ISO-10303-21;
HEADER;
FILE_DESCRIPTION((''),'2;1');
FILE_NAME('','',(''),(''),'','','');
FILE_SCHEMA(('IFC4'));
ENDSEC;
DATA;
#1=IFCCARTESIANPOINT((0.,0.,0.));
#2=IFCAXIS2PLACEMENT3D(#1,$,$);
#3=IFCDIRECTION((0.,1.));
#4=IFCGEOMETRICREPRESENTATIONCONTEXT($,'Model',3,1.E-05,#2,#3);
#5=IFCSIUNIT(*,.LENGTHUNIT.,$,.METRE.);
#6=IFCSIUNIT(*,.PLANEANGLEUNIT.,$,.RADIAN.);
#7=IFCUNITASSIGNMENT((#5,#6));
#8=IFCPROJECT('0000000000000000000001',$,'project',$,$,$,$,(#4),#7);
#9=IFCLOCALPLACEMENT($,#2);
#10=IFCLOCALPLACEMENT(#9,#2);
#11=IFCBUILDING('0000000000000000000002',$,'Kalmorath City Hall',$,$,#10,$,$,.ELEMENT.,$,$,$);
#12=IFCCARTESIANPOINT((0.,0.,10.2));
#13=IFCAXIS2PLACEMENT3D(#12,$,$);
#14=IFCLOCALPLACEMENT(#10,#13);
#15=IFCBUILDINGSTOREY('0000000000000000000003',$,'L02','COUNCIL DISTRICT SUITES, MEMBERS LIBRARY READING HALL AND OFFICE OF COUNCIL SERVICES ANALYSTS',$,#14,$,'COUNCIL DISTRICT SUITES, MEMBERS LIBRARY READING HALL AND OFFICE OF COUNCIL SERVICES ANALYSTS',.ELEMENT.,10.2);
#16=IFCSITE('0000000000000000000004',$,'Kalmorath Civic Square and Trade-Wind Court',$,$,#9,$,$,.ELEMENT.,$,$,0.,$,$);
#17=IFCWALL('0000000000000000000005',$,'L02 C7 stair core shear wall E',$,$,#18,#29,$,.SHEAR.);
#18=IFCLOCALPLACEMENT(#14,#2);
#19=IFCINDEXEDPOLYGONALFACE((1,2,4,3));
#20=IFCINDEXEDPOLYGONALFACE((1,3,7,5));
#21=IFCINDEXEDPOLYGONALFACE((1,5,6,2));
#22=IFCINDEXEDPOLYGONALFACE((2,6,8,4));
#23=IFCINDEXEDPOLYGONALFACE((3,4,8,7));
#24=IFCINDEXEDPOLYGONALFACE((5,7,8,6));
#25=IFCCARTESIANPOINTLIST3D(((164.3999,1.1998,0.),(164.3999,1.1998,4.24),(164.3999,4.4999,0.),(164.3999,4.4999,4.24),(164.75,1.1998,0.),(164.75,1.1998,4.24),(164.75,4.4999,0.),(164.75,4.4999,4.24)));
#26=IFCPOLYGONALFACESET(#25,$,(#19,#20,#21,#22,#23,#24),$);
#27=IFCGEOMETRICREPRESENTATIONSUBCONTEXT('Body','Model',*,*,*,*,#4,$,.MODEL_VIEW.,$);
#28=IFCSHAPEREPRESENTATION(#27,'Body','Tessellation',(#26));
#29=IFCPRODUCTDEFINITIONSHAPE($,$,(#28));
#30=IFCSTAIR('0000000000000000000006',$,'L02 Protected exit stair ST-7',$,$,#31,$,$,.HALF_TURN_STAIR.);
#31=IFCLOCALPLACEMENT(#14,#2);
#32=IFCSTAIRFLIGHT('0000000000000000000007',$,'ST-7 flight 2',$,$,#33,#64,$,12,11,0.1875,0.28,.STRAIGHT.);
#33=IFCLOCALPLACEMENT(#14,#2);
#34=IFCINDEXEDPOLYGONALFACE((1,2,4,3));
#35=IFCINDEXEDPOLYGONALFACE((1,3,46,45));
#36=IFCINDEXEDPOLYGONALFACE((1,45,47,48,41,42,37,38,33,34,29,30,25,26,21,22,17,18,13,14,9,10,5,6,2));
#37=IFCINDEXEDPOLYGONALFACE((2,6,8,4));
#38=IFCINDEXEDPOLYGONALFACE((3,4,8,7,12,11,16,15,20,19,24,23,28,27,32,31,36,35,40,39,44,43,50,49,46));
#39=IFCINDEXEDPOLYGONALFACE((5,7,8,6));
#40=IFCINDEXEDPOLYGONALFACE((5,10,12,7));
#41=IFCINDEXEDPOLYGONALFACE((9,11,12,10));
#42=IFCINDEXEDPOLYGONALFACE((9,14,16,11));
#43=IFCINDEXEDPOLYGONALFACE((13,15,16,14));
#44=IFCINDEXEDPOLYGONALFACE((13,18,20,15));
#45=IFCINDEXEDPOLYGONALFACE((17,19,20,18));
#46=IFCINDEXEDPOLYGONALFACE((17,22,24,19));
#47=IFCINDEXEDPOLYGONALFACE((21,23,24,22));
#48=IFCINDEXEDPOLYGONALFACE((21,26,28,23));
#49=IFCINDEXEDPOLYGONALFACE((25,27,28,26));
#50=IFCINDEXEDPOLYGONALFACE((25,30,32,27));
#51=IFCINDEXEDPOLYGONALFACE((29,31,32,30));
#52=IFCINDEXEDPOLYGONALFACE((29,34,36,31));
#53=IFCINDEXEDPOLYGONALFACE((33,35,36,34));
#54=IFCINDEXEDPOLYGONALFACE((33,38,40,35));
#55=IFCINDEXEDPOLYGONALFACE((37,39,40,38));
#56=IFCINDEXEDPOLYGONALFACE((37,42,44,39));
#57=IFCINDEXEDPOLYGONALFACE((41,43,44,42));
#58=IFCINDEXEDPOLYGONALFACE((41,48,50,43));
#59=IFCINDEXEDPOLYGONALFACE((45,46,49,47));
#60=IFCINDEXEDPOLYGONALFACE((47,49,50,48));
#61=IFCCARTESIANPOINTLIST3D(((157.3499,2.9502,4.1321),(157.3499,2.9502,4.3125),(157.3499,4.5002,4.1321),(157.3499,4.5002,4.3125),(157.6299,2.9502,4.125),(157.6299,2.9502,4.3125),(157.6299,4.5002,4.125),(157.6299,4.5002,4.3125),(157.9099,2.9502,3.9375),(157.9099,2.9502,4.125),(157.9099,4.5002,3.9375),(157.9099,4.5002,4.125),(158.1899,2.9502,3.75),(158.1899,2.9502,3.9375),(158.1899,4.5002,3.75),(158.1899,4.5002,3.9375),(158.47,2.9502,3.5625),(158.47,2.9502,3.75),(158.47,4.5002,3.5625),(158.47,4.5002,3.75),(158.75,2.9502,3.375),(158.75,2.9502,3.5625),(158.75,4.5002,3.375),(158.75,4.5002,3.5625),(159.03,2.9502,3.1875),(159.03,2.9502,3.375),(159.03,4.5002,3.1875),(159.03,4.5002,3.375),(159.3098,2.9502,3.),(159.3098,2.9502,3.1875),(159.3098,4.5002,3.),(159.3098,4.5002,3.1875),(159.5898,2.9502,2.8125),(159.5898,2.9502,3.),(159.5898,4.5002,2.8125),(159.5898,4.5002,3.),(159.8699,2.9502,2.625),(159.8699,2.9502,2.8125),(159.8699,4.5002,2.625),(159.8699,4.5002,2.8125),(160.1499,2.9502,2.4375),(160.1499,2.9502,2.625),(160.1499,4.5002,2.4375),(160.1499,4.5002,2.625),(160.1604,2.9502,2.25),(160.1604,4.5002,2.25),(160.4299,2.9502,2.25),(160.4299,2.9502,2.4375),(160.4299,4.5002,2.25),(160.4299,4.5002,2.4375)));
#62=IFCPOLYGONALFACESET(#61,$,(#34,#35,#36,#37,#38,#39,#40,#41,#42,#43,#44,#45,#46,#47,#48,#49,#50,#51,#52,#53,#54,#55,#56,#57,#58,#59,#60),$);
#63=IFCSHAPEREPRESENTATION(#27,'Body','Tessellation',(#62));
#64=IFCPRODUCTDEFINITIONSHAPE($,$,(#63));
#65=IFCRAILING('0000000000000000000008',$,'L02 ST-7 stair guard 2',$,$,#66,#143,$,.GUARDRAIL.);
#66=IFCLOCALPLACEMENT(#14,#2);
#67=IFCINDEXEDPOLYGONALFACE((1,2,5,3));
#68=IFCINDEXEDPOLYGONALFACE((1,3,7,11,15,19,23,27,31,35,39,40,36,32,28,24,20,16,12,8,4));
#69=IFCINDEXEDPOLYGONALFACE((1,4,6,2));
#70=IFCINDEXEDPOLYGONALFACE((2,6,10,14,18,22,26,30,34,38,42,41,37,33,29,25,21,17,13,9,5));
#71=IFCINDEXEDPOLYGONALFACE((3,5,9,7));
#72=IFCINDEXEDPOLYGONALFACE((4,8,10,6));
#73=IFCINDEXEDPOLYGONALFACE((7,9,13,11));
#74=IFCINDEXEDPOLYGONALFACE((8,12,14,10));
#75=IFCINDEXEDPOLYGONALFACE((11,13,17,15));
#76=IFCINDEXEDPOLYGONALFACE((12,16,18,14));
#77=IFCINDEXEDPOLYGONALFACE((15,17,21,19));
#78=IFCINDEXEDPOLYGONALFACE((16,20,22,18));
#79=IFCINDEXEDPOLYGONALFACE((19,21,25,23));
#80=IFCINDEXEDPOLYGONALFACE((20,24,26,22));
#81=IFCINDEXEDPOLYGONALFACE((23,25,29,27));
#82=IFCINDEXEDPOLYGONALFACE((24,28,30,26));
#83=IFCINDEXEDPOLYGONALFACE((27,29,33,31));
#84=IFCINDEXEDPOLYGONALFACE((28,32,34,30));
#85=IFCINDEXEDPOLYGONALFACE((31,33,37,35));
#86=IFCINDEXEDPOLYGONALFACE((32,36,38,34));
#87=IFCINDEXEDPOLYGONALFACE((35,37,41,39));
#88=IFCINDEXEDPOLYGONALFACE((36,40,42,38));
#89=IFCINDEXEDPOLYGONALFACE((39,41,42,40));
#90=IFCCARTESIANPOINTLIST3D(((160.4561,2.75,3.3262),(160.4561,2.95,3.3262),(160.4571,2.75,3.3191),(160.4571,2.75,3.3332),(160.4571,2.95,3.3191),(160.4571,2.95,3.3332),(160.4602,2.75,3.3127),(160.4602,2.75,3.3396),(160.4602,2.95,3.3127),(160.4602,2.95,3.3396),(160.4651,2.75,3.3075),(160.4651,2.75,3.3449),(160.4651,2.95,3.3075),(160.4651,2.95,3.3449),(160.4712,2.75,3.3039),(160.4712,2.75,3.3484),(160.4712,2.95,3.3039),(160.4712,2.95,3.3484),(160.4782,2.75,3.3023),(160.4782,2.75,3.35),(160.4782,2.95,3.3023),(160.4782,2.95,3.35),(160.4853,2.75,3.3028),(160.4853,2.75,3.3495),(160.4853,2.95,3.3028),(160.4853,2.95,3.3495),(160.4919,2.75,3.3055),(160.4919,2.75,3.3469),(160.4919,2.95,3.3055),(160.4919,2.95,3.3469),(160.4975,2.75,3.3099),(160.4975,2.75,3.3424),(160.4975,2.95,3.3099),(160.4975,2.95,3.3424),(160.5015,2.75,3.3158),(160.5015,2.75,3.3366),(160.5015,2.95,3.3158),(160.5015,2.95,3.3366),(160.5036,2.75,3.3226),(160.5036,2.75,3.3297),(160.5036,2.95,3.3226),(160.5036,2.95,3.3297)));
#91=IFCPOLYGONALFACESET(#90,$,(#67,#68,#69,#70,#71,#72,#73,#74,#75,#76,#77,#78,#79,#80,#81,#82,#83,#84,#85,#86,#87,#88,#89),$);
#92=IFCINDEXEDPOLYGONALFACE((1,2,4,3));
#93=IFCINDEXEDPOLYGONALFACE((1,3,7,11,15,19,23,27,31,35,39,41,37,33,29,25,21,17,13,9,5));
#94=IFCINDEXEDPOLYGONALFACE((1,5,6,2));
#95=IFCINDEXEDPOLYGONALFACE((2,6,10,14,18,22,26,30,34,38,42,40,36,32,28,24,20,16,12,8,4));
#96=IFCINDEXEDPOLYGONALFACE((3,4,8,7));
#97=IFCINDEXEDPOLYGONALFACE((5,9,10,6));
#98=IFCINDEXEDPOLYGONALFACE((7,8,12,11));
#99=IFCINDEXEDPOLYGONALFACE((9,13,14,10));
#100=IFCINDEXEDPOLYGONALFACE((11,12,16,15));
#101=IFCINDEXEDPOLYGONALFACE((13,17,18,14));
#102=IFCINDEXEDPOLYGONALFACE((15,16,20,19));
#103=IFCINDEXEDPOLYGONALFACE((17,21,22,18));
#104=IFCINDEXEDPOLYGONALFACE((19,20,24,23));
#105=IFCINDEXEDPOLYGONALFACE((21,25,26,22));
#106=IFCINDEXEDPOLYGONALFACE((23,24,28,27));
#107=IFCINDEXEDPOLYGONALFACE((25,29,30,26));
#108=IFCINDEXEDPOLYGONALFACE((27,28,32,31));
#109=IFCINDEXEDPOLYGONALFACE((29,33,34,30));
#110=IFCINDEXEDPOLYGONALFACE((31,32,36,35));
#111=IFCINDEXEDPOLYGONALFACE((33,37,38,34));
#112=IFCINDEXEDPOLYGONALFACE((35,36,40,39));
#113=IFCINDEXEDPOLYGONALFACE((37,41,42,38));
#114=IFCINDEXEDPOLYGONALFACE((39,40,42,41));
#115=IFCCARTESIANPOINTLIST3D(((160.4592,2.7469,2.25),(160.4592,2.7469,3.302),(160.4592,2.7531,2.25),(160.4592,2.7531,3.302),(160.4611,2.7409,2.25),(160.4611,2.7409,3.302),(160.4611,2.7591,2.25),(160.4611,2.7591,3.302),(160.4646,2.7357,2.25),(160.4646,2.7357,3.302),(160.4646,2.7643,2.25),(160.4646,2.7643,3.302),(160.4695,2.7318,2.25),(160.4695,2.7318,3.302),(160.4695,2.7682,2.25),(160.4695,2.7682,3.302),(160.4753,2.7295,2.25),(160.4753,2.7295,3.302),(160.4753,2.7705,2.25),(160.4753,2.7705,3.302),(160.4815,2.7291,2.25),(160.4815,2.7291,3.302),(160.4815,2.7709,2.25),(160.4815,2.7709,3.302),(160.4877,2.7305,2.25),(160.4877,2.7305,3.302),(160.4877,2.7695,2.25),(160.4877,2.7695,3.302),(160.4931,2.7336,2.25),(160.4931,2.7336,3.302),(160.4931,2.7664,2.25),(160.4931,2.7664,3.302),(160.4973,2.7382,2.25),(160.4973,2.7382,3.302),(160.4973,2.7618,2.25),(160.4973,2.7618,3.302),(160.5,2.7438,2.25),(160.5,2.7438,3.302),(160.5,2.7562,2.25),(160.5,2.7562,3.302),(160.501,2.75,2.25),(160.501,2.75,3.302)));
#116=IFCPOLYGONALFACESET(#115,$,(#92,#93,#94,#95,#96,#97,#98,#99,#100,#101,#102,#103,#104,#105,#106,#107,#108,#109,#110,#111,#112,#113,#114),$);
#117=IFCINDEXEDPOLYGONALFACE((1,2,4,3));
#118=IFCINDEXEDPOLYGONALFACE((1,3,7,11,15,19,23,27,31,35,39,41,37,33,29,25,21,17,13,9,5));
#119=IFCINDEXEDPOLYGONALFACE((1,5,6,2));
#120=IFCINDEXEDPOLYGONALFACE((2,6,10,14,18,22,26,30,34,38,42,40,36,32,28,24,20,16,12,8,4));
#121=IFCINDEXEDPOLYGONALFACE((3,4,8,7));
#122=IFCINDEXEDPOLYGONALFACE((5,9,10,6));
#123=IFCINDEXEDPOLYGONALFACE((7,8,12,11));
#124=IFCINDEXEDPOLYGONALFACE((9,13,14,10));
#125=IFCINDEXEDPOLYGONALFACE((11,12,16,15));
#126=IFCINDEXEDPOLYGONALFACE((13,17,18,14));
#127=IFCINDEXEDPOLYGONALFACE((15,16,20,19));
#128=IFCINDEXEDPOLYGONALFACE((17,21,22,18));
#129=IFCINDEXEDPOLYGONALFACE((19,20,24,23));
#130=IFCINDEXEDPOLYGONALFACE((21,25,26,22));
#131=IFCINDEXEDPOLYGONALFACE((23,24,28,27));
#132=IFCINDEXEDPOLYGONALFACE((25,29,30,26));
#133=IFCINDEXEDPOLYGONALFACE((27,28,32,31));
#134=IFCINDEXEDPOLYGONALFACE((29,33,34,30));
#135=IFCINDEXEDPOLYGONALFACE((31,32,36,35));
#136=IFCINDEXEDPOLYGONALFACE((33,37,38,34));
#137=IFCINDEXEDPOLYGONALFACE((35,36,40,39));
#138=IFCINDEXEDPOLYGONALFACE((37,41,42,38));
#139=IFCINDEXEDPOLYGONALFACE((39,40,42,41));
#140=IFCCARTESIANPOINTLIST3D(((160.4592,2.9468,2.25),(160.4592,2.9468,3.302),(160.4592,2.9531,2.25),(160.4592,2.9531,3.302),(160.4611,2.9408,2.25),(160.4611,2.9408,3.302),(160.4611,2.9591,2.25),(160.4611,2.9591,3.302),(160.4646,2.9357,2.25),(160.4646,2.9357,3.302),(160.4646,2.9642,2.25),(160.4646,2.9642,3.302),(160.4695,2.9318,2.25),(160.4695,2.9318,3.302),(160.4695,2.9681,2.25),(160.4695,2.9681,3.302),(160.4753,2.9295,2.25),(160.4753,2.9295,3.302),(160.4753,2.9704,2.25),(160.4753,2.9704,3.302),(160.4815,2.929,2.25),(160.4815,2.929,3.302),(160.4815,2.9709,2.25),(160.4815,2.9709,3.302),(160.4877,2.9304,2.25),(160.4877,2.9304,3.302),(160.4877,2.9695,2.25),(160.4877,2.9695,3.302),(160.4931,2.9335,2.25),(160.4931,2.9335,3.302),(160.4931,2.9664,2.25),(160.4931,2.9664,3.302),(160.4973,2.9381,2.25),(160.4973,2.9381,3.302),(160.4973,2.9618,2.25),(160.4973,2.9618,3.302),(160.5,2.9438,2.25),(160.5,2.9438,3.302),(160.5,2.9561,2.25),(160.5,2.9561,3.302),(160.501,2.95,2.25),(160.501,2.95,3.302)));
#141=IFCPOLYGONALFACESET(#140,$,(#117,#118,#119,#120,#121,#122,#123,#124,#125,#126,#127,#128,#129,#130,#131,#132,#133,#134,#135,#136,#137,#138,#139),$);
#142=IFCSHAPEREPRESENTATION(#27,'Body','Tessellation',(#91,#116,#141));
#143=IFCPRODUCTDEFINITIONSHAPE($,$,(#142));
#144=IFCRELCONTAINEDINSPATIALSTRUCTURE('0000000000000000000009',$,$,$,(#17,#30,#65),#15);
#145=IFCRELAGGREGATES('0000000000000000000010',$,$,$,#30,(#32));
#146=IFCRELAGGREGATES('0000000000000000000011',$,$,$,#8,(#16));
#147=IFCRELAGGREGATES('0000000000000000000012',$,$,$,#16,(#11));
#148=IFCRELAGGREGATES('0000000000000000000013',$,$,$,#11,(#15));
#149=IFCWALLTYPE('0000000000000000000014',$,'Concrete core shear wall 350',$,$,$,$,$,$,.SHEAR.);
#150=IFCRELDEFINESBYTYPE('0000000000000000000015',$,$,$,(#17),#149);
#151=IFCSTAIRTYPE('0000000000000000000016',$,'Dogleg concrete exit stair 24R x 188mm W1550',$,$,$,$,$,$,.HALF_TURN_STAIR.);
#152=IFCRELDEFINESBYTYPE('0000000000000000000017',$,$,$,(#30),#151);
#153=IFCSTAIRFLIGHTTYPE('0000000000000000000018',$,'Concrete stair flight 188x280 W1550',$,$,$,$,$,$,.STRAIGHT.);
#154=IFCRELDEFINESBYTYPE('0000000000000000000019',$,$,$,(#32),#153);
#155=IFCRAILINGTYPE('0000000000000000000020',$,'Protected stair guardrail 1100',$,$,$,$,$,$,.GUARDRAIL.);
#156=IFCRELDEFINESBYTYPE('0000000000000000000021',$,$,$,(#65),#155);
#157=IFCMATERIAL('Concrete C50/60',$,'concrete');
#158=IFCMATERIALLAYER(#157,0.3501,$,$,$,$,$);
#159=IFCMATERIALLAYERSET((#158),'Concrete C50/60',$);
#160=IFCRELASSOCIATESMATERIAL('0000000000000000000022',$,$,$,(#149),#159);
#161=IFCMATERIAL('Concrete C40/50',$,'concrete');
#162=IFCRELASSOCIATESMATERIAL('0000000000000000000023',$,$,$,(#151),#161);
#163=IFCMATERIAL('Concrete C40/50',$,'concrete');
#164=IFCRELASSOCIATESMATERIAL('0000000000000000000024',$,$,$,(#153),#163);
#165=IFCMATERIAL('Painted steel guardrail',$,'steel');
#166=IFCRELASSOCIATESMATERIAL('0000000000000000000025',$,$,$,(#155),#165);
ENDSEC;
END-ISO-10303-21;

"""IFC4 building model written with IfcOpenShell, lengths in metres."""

from ifc_helpers import new_model, si_unit, direction, frame, frame_2d, origin, origin_2d, place, context, subcontext, project, spatial, polyline, rectangle, circle, outline, extrude, material, layer, layer_set, type_object, element, aggregate, save


model = new_model("IFC4")

# Units and contexts
model_context = context("Model", 3, precision=1e-05, world=origin(), true_north=direction((0.0, 1.0)))
body_context = subcontext(model_context, "Body", "Model", "MODEL_VIEW")
ifc_project = project(units=[si_unit("LENGTHUNIT", "METRE"), si_unit("PLANEANGLEUNIT", "RADIAN")], contexts=[model_context])

# Site, building, storey
site_placement = place(None, origin())
site = spatial("IfcSite", under=ifc_project, at=site_placement, Name="Kalmorath Civic Square and Trade-Wind Court", CompositionType="ELEMENT", RefElevation=0.0)
building_placement = place(site_placement, origin())
building = spatial("IfcBuilding", under=site, at=building_placement, Name="Kalmorath City Hall", CompositionType="ELEMENT")
storey_placement = place(building_placement, frame((0.0, 0.0, 10.2)))
storey = spatial("IfcBuildingStorey", under=building, at=storey_placement, Name="L02", Description="COUNCIL DISTRICT SUITES, MEMBERS LIBRARY READING HALL AND OFFICE OF COUNCIL SERVICES ANALYSTS", LongName="COUNCIL DISTRICT SUITES, MEMBERS LIBRARY READING HALL AND OFFICE OF COUNCIL SERVICES ANALYSTS", CompositionType="ELEMENT", Elevation=10.2)

# Shared definitions
ifc_material_1 = material(Name="Concrete C50/60", Category="concrete")
ifc_layer_1 = layer(ifc_material_1, 0.3501)
ifc_layer_set_1 = layer_set([ifc_layer_1], Name="Concrete C50/60")
wall_type_1 = type_object("IfcWallType", Name="Concrete core shear wall 350", PredefinedType="SHEAR", material=ifc_layer_set_1)

# Wall
wall_1_placement = place(storey_placement, frame((164.575, 1.2, 0.0), z_axis=(0.0, 0.0, 1.0), x_axis=(0.0, 1.0, 0.0)))
element("IfcWall", 1, at=wall_1_placement, inside=storey, type_object=wall_type_1, Name="L02 C7 stair core shear wall E", PredefinedType="SHEAR", context=body_context, shape_type="SweptSolid", body=[
    extrude(rectangle(XDim=3.3, YDim=0.3501, at=frame_2d((1.6499, 0.0))), origin(), (0.0, 0.0, 1.0), 4.24),
])

# Stair, stair flight
ifc_material_2 = material(Name="Concrete C40/50", Category="concrete")
stair_type = type_object("IfcStairType", Name="Dogleg concrete exit stair 24R x 188mm W1550", PredefinedType="HALF_TURN_STAIR", material=ifc_material_2)
stair_placement = place(storey_placement, origin())
stair = element("IfcStair", 2, at=stair_placement, inside=storey, type_object=stair_type, Name="L02 Protected exit stair ST-7", PredefinedType="HALF_TURN_STAIR")
ifc_material_3 = material(Name="Concrete C40/50", Category="concrete")
stair_flight_type = type_object("IfcStairFlightType", Name="Concrete stair flight 188x280 W1550", PredefinedType="STRAIGHT", material=ifc_material_3)
stair_flight_placement = place(storey_placement, frame((160.4299, 3.7251, 2.25), z_axis=(0.0, 0.0, 1.0), x_axis=(-1.0, 0.0, 0.0)))
stair_flight = element("IfcStairFlight", 3, at=stair_flight_placement, type_object=stair_flight_type, Name="ST-7 flight 2", NumberOfRisers=12, NumberOfTreads=11, PredefinedType="STRAIGHT", RiserHeight=0.1875, TreadLength=0.28, context=body_context, shape_type="SweptSolid", body=[
    extrude(outline(polyline([(0.0, 0.0), (0.0, 0.1875), (0.28, 0.1875), (0.28, 0.375), (0.5601, 0.375), (0.5601, 0.5625), (0.8401, 0.5625), (0.8401, 0.75), (1.1201, 0.75), (1.1201, 0.9375), (1.3999, 0.9375), (1.3999, 1.125), (1.6799, 1.125), (1.6799, 1.3125), (1.96, 1.3125), (1.96, 1.5), (2.24, 1.5), (2.24, 1.6875), (2.52, 1.6875), (2.52, 1.875), (2.8, 1.875), (2.8, 2.0625), (3.0801, 2.0625), (3.0801, 2.25), (3.0801, 1.8821), (0.2695, 0.0), (0.0, 0.0)])), frame((0.0, 0.7749, 0.0), z_axis=(0.0, -1.0, 0.0), x_axis=(1.0, 0.0, 0.0)), (0.0, 0.0, 1.0), 1.55),
])
aggregate(stair, [stair_flight])

# Railing
ifc_material_4 = material(Name="Painted steel guardrail", Category="steel")
railing_type_1 = type_object("IfcRailingType", Name="Protected stair guardrail 1100", PredefinedType="GUARDRAIL", material=ifc_material_4)
railing_1_placement = place(storey_placement, frame((160.48, 2.75, 2.25)))
element("IfcRailing", 4, at=railing_1_placement, inside=storey, type_object=railing_type_1, Name="L02 ST-7 stair guard 2", PredefinedType="GUARDRAIL", context=body_context, shape_type="SweptSolid", body=[
    extrude(circle(Radius=0.0239, at=origin_2d()), frame((0.0, 0.0, 1.0762), z_axis=(0.0, 1.0, 0.0), x_axis=(-1.0, 0.0, 0.0)), (0.0, 0.0, 1.0), 0.2),
    extrude(circle(Radius=0.021, at=origin_2d()), origin(), (0.0, 0.0, 1.0), 1.052),
    extrude(circle(Radius=0.021, at=origin_2d()), frame((0.0, 0.2, 0.0)), (0.0, 0.0, 1.0), 1.052),
])

save(model, "model.ifc")
